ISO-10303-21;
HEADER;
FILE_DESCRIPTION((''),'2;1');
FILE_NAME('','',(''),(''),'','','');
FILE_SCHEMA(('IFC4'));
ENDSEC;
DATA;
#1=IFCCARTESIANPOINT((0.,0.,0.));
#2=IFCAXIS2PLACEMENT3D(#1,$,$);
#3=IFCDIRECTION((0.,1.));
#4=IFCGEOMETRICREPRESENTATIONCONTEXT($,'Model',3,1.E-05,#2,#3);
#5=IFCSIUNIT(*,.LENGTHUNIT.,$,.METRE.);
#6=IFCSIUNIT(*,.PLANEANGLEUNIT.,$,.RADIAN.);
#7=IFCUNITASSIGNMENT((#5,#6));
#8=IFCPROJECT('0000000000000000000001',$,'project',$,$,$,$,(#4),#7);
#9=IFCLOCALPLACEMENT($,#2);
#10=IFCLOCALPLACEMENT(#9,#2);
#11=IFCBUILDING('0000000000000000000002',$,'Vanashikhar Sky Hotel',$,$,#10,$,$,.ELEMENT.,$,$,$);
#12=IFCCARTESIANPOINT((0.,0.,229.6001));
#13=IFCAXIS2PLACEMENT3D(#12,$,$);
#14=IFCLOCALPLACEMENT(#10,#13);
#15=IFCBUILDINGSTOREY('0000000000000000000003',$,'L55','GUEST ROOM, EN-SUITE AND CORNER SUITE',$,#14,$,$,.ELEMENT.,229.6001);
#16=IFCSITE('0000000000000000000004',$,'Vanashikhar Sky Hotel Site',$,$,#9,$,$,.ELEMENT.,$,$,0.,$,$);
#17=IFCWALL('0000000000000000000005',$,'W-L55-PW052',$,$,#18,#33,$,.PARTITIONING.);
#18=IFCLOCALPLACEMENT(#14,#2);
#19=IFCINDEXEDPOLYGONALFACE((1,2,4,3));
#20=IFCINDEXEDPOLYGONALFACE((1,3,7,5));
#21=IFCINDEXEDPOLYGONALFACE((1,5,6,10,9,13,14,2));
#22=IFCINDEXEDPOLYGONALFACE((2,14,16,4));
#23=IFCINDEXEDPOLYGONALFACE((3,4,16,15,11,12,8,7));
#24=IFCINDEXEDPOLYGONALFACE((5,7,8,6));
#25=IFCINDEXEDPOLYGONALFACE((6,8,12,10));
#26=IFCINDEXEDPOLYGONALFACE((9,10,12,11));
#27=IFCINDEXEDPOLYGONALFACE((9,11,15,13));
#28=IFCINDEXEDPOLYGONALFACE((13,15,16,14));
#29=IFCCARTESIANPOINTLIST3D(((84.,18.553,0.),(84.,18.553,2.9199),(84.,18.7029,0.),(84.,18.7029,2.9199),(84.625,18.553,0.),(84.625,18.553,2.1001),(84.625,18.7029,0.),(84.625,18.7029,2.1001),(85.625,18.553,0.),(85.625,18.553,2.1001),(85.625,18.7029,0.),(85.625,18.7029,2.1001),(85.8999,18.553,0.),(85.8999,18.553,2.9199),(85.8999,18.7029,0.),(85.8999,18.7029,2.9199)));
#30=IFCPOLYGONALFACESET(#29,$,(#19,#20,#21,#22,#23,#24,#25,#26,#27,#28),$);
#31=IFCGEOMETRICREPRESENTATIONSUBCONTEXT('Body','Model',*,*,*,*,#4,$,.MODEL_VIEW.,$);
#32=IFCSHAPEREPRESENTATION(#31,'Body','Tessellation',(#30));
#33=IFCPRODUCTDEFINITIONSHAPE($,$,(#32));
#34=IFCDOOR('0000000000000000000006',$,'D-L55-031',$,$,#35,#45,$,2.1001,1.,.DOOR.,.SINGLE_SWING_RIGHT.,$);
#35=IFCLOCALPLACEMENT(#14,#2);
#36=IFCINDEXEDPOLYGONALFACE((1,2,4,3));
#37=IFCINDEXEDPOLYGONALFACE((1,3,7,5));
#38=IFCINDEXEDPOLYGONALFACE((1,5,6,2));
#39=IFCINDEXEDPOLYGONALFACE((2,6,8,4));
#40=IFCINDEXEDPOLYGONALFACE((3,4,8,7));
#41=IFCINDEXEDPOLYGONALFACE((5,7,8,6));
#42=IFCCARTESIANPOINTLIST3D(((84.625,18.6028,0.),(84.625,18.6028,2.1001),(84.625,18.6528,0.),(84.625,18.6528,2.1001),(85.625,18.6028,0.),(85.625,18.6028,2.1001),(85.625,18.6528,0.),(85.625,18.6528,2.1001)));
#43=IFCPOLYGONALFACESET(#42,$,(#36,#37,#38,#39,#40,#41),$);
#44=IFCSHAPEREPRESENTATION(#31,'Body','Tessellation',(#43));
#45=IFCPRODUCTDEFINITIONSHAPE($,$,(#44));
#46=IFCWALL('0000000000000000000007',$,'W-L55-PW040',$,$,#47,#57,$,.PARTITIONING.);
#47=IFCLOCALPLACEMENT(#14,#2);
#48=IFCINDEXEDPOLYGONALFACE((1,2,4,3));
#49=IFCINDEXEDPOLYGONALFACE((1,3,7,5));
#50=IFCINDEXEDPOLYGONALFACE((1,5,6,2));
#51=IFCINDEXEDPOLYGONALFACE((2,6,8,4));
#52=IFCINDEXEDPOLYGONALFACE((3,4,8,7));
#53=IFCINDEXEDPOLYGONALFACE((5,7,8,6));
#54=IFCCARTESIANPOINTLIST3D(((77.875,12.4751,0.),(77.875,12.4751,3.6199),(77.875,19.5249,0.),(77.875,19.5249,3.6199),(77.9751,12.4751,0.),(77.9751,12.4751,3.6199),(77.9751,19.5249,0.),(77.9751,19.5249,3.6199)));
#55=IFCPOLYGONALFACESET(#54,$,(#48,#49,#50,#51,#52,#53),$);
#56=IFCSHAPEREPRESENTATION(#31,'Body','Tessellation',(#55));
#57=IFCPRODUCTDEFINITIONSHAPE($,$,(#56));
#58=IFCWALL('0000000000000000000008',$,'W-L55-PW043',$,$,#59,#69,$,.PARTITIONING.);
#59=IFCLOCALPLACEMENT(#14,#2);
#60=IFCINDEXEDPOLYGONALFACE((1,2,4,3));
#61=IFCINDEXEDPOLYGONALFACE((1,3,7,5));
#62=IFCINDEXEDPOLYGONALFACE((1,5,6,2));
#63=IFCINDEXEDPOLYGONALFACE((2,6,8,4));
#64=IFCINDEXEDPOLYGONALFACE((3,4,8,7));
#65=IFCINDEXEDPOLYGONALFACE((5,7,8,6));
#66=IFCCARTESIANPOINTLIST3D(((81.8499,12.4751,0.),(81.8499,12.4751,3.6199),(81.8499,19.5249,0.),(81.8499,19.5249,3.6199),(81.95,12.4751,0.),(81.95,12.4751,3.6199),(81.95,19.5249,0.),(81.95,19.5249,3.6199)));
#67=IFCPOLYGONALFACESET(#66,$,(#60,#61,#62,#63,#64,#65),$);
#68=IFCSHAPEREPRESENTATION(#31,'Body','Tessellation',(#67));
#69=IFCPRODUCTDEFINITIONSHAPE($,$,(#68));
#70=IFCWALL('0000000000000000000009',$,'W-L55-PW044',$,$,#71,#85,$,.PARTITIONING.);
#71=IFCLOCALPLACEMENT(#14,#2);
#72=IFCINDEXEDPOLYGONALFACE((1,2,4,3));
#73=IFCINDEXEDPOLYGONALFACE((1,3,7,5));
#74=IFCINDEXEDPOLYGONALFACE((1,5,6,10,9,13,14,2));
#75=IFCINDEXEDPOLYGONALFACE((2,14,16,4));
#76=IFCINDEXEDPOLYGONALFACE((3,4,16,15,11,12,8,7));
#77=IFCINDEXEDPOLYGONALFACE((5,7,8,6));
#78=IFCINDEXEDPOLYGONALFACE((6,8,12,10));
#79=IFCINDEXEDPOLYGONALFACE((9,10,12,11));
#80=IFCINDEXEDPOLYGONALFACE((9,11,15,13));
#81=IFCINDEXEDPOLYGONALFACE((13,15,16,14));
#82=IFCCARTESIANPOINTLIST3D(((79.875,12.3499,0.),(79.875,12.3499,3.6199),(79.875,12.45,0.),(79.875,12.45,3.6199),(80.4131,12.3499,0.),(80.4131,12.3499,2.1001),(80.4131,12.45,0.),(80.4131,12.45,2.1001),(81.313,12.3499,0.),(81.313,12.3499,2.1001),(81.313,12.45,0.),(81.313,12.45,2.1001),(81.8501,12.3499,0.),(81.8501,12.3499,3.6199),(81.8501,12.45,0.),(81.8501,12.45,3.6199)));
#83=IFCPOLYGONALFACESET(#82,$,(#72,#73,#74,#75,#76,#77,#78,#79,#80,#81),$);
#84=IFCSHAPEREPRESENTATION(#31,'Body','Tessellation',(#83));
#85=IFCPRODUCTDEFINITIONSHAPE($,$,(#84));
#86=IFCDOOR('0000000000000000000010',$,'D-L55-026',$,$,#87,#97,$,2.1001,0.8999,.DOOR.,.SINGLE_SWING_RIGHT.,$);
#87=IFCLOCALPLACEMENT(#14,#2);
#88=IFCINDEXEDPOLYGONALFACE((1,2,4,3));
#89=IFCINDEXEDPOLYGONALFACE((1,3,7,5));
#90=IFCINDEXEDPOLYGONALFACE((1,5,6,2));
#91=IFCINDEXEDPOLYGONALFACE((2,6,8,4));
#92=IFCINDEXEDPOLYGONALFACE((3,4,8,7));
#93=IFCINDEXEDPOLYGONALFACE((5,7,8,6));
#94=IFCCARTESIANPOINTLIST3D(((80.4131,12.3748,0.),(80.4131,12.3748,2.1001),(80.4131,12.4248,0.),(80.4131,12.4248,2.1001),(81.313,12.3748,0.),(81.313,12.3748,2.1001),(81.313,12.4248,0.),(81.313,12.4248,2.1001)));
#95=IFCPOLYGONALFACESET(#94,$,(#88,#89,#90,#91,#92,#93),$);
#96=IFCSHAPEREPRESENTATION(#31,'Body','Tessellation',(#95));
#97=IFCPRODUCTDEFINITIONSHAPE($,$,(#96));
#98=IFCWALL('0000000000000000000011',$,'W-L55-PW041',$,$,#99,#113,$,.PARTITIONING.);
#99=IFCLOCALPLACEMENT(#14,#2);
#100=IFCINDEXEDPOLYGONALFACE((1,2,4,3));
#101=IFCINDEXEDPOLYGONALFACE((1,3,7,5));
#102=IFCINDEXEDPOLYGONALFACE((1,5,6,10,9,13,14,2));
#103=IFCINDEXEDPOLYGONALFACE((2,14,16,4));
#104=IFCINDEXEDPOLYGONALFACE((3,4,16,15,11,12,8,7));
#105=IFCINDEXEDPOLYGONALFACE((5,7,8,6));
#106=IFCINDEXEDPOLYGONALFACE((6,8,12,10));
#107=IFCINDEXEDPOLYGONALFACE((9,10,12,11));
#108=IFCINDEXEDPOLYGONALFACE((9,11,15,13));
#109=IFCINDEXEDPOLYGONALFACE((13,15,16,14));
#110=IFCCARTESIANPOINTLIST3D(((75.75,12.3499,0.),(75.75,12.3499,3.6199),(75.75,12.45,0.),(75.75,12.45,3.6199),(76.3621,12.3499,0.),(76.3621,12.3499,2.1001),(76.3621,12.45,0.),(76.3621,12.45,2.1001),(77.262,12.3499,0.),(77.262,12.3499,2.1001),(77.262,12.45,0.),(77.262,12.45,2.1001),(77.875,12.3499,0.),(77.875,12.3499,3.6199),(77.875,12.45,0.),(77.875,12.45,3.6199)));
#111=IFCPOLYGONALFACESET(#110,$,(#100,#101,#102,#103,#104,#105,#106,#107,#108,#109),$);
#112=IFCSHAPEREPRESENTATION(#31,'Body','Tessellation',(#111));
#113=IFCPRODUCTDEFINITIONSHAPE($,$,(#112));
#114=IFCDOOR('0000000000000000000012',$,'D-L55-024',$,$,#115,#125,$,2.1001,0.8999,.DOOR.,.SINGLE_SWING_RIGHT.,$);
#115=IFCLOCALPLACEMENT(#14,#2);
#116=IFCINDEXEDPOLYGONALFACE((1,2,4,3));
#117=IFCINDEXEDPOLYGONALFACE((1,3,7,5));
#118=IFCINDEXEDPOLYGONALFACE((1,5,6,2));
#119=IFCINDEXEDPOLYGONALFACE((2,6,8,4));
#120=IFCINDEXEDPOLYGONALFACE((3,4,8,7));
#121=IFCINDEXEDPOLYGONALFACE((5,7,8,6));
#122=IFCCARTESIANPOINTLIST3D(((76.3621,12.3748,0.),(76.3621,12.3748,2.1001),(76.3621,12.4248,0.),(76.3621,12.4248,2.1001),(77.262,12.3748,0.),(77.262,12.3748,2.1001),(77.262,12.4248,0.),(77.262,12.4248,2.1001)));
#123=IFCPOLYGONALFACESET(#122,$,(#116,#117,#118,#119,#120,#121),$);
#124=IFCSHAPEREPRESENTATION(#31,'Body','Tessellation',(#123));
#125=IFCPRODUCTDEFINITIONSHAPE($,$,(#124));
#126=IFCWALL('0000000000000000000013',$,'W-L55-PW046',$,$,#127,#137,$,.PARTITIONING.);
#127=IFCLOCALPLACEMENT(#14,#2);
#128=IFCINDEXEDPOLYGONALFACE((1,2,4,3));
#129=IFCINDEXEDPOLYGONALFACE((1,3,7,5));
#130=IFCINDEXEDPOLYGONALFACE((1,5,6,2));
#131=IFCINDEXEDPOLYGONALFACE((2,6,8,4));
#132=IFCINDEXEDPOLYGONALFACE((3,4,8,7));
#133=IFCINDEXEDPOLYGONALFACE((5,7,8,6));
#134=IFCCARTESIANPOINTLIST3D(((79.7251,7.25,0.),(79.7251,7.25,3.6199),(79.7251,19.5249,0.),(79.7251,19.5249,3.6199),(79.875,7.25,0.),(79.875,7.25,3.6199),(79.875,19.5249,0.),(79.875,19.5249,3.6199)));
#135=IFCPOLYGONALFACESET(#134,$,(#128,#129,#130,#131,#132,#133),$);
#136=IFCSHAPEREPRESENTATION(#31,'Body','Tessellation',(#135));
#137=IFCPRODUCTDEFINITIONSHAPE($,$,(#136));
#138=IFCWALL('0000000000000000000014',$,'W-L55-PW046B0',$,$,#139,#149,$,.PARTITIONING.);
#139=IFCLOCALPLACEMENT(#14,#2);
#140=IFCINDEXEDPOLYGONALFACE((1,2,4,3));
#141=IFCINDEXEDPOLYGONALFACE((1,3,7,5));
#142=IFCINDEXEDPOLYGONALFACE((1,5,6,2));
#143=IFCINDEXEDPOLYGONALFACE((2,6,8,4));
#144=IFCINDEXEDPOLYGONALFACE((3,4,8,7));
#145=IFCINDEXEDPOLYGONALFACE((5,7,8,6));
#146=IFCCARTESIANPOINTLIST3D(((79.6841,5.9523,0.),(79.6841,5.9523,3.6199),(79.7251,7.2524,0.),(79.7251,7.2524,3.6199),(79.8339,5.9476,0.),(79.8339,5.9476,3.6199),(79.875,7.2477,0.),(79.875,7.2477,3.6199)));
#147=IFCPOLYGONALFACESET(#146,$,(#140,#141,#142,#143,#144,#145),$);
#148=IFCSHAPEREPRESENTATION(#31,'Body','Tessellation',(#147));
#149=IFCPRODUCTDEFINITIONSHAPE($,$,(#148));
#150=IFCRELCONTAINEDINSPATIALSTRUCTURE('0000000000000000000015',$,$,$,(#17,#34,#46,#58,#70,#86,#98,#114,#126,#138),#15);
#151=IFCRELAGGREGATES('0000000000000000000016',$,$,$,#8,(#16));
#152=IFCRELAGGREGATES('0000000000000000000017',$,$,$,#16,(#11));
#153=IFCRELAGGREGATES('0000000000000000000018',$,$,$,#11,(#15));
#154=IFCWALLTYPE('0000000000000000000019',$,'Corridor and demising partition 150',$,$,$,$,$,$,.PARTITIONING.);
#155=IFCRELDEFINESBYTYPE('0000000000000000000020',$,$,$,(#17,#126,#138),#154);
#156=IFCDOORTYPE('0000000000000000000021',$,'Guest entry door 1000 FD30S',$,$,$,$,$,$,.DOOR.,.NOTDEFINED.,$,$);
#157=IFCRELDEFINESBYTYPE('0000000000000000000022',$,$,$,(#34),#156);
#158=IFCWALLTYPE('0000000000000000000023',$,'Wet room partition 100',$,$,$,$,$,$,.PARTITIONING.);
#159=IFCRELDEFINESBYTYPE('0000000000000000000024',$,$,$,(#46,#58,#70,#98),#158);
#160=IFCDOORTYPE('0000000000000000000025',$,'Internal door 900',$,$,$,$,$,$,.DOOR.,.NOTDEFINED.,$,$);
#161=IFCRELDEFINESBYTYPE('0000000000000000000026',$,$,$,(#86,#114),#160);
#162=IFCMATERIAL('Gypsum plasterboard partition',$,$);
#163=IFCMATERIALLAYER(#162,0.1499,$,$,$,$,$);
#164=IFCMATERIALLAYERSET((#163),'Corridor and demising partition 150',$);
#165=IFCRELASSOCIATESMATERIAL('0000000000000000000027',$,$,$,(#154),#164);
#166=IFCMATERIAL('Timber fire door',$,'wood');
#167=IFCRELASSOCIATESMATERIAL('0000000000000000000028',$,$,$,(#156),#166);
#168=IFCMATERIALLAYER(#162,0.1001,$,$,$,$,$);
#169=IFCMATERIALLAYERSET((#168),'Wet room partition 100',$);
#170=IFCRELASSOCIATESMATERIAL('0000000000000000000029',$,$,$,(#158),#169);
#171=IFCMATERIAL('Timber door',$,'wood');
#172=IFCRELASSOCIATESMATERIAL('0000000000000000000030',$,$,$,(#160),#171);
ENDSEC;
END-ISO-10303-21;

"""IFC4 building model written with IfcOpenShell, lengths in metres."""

from ifc_helpers import new_model, si_unit, direction, frame, frame_2d, origin, place, context, subcontext, project, spatial, rectangle, extrude, source, transform, mapped, material, layer, layer_set, type_object, element, fill, save


model = new_model("IFC4")

# Units and contexts
model_context = context("Model", 3, precision=1e-05, world=origin(), true_north=direction((0.0, 1.0)))
body_context = subcontext(model_context, "Body", "Model", "MODEL_VIEW")
ifc_project = project(units=[si_unit("LENGTHUNIT", "METRE"), si_unit("PLANEANGLEUNIT", "RADIAN")], contexts=[model_context])

# Site, building, storey
site_placement = place(None, origin())
site = spatial("IfcSite", under=ifc_project, at=site_placement, Name="Vanashikhar Sky Hotel Site", CompositionType="ELEMENT", RefElevation=0.0)
building_placement = place(site_placement, origin())
building = spatial("IfcBuilding", under=site, at=building_placement, Name="Vanashikhar Sky Hotel", CompositionType="ELEMENT")
storey_placement = place(building_placement, frame((0.0, 0.0, 229.6001)))
storey = spatial("IfcBuildingStorey", under=building, at=storey_placement, Name="L55", Description="GUEST ROOM, EN-SUITE AND CORNER SUITE", CompositionType="ELEMENT", Elevation=229.6001)

# Wall, opening, door
ifc_material_1 = material(Name="Gypsum plasterboard partition")
ifc_layer_1 = layer(ifc_material_1, 0.1499)
ifc_layer_set_1 = layer_set([ifc_layer_1], Name="Corridor and demising partition 150")
wall_type_1 = type_object("IfcWallType", Name="Corridor and demising partition 150", PredefinedType="PARTITIONING", material=ifc_layer_set_1)
shared_shape_1 = source(origin(), body_context, "Body", "SweptSolid", [
    extrude(rectangle(XDim=1.8999, YDim=0.1499, at=frame_2d((0.95, 0.0))), origin(), (0.0, 0.0, 1.0), 2.9199),
])
wall_1_placement = place(storey_placement, frame((84.0, 18.6279, 0.0), z_axis=(0.0, 0.0, 1.0), x_axis=(1.0, 0.0, 0.0)))
wall_1 = element("IfcWall", 1, at=wall_1_placement, inside=storey, type_object=wall_type_1, Name="W-L55-PW052", PredefinedType="PARTITIONING", context=body_context, shape_type="MappedRepresentation", body=[
    mapped(shared_shape_1, transform((0.0, 0.0, 0.0), scale=1.0)),
])
shared_shape_2 = source(origin(), body_context, "Body", "SweptSolid", [
    extrude(rectangle(XDim=1.0, YDim=2.1001, at=frame_2d((0.5, 1.05))), frame((0.0, 0.085, 0.0), z_axis=(0.0, -1.0, 0.0), x_axis=(1.0, 0.0, 0.0)), (0.0, 0.0, 1.0), 0.1699),
])
opening_1_placement = place(wall_1_placement, frame((0.625, 0.0, 0.0)))
opening_1 = element("IfcOpeningElement", 2, at=opening_1_placement, cuts=wall_1, PredefinedType="OPENING", context=body_context, shape_type="MappedRepresentation", body=[
    mapped(shared_shape_2, transform((0.0, 0.0, 0.0), scale=1.0)),
])
ifc_material_2 = material(Name="Timber fire door", Category="wood")
door_type_1 = type_object("IfcDoorType", Name="Guest entry door 1000 FD30S", OperationType="NOTDEFINED", PredefinedType="DOOR", material=ifc_material_2)
shared_shape_3 = source(origin(), body_context, "Body", "SweptSolid", [
    extrude(rectangle(XDim=1.0, YDim=2.1001, at=frame_2d((0.5, 1.05))), frame((0.0, 0.0249, 0.0), z_axis=(0.0, -1.0, 0.0), x_axis=(1.0, 0.0, 0.0)), (0.0, 0.0, 1.0), 0.05),
])
door_1_placement = place(opening_1_placement, origin())
door_1 = element("IfcDoor", 3, at=door_1_placement, inside=storey, type_object=door_type_1, Name="D-L55-031", OperationType="SINGLE_SWING_RIGHT", OverallHeight=2.1001, OverallWidth=1.0, PredefinedType="DOOR", context=body_context, shape_type="MappedRepresentation", body=[
    mapped(shared_shape_3, transform((0.0, 0.0, 0.0), scale=1.0)),
])
fill(opening_1, door_1)

# Walls
ifc_layer_2 = layer(ifc_material_1, 0.1001)
ifc_layer_set_2 = layer_set([ifc_layer_2], Name="Wet room partition 100")
wall_type_2 = type_object("IfcWallType", Name="Wet room partition 100", PredefinedType="PARTITIONING", material=ifc_layer_set_2)
shared_shape_4 = source(origin(), body_context, "Body", "SweptSolid", [
    extrude(rectangle(XDim=7.0498, YDim=0.1001, at=frame_2d((3.5249, 0.0))), origin(), (0.0, 0.0, 1.0), 3.6199),
])
for number, where, z_axis, x_axis, name in (
    (4, (77.925, 12.4751, 0.0), (0.0, 0.0, 1.0), (0.0, 1.0, 0.0), "W-L55-PW040"),
    (5, (81.8999, 12.4751, 0.0), (0.0, 0.0, 1.0), (0.0, 1.0, 0.0), "W-L55-PW043"),
):
    element("IfcWall", number, at=place(storey_placement, frame(where, z_axis=z_axis, x_axis=x_axis)), inside=storey, type_object=wall_type_2, Name=name, PredefinedType="PARTITIONING", context=body_context, shape_type="MappedRepresentation", body=[
        mapped(shared_shape_4, transform((0.0, 0.0, 0.0), scale=1.0)),
    ])

# Walls, openings, doors
shared_shape_5 = source(origin(), body_context, "Body", "SweptSolid", [
    extrude(rectangle(XDim=1.9751, YDim=0.1001, at=frame_2d((0.9875, 0.0))), origin(), (0.0, 0.0, 1.0), 3.6199),
])
wall_2_placement = place(storey_placement, frame((79.875, 12.3999, 0.0), z_axis=(0.0, 0.0, 1.0), x_axis=(1.0, 0.0, 0.0)))
wall_2 = element("IfcWall", 6, at=wall_2_placement, inside=storey, type_object=wall_type_2, Name="W-L55-PW044", PredefinedType="PARTITIONING", context=body_context, shape_type="MappedRepresentation", body=[
    mapped(shared_shape_5, transform((0.0, 0.0, 0.0), scale=1.0)),
])
shared_shape_6 = source(origin(), body_context, "Body", "SweptSolid", [
    extrude(rectangle(XDim=0.8999, YDim=2.1001, at=frame_2d((0.45, 1.05))), frame((0.0, 0.0601, 0.0), z_axis=(0.0, -1.0, 0.0), x_axis=(1.0, 0.0, 0.0)), (0.0, 0.0, 1.0), 0.1201),
])
opening_2_placement = place(wall_2_placement, frame((0.5381, 0.0, 0.0)))
opening_2 = element("IfcOpeningElement", 7, at=opening_2_placement, cuts=wall_2, PredefinedType="OPENING", context=body_context, shape_type="MappedRepresentation", body=[
    mapped(shared_shape_6, transform((0.0, 0.0, 0.0), scale=1.0)),
])
ifc_material_3 = material(Name="Timber door", Category="wood")
door_type_2 = type_object("IfcDoorType", Name="Internal door 900", OperationType="NOTDEFINED", PredefinedType="DOOR", material=ifc_material_3)
shared_shape_7 = source(origin(), body_context, "Body", "SweptSolid", [
    extrude(rectangle(XDim=0.8999, YDim=2.1001, at=frame_2d((0.45, 1.05))), frame((0.0, 0.0249, 0.0), z_axis=(0.0, -1.0, 0.0), x_axis=(1.0, 0.0, 0.0)), (0.0, 0.0, 1.0), 0.05),
])
door_2_placement = place(opening_2_placement, origin())
door_2 = element("IfcDoor", 8, at=door_2_placement, inside=storey, type_object=door_type_2, Name="D-L55-026", OperationType="SINGLE_SWING_RIGHT", OverallHeight=2.1001, OverallWidth=0.8999, PredefinedType="DOOR", context=body_context, shape_type="MappedRepresentation", body=[
    mapped(shared_shape_7, transform((0.0, 0.0, 0.0), scale=1.0)),
])
fill(opening_2, door_2)
shared_shape_8 = source(origin(), body_context, "Body", "SweptSolid", [
    extrude(rectangle(XDim=2.125, YDim=0.1001, at=frame_2d((1.0625, 0.0))), origin(), (0.0, 0.0, 1.0), 3.6199),
])
wall_3_placement = place(storey_placement, frame((75.75, 12.3999, 0.0), z_axis=(0.0, 0.0, 1.0), x_axis=(1.0, 0.0, 0.0)))
wall_3 = element("IfcWall", 9, at=wall_3_placement, inside=storey, type_object=wall_type_2, Name="W-L55-PW041", PredefinedType="PARTITIONING", context=body_context, shape_type="MappedRepresentation", body=[
    mapped(shared_shape_8, transform((0.0, 0.0, 0.0), scale=1.0)),
])
opening_3_placement = place(wall_3_placement, frame((0.6121, 0.0, 0.0)))
opening_3 = element("IfcOpeningElement", 10, at=opening_3_placement, cuts=wall_3, PredefinedType="OPENING", context=body_context, shape_type="MappedRepresentation", body=[
    mapped(shared_shape_6, transform((0.0, 0.0, 0.0), scale=1.0)),
])
door_3_placement = place(opening_3_placement, origin())
door_3 = element("IfcDoor", 11, at=door_3_placement, inside=storey, type_object=door_type_2, Name="D-L55-024", OperationType="SINGLE_SWING_RIGHT", OverallHeight=2.1001, OverallWidth=0.8999, PredefinedType="DOOR", context=body_context, shape_type="MappedRepresentation", body=[
    mapped(shared_shape_7, transform((0.0, 0.0, 0.0), scale=1.0)),
])
fill(opening_3, door_3)

# Walls
shared_shape_9 = source(origin(), body_context, "Body", "SweptSolid", [
    extrude(rectangle(XDim=12.2749, YDim=0.1499, at=frame_2d((6.1375, 0.0))), origin(), (0.0, 0.0, 1.0), 3.6199),
])
wall_4_placement = place(storey_placement, frame((79.8, 7.25, 0.0), z_axis=(0.0, 0.0, 1.0), x_axis=(0.0, 1.0, 0.0)))
element("IfcWall", 12, at=wall_4_placement, inside=storey, type_object=wall_type_1, Name="W-L55-PW046", PredefinedType="PARTITIONING", context=body_context, shape_type="MappedRepresentation", body=[
    mapped(shared_shape_9, transform((0.0, 0.0, 0.0), scale=1.0)),
])
shared_shape_10 = source(origin(), body_context, "Body", "SweptSolid", [
    extrude(rectangle(XDim=1.3008, YDim=0.1499, at=frame_2d((0.6504, 0.0))), origin(), (0.0, 0.0, 1.0), 3.6199),
])
wall_5_placement = place(storey_placement, frame((79.759, 5.95, 0.0), z_axis=(0.0, 0.0, 1.0), x_axis=(0.031534, 0.999503, 0.0)))
element("IfcWall", 13, at=wall_5_placement, inside=storey, type_object=wall_type_1, Name="W-L55-PW046B0", PredefinedType="PARTITIONING", context=body_context, shape_type="MappedRepresentation", body=[
    mapped(shared_shape_10, transform((0.0, 0.0, 0.0), scale=1.0)),
])

save(model, "model.ifc")
